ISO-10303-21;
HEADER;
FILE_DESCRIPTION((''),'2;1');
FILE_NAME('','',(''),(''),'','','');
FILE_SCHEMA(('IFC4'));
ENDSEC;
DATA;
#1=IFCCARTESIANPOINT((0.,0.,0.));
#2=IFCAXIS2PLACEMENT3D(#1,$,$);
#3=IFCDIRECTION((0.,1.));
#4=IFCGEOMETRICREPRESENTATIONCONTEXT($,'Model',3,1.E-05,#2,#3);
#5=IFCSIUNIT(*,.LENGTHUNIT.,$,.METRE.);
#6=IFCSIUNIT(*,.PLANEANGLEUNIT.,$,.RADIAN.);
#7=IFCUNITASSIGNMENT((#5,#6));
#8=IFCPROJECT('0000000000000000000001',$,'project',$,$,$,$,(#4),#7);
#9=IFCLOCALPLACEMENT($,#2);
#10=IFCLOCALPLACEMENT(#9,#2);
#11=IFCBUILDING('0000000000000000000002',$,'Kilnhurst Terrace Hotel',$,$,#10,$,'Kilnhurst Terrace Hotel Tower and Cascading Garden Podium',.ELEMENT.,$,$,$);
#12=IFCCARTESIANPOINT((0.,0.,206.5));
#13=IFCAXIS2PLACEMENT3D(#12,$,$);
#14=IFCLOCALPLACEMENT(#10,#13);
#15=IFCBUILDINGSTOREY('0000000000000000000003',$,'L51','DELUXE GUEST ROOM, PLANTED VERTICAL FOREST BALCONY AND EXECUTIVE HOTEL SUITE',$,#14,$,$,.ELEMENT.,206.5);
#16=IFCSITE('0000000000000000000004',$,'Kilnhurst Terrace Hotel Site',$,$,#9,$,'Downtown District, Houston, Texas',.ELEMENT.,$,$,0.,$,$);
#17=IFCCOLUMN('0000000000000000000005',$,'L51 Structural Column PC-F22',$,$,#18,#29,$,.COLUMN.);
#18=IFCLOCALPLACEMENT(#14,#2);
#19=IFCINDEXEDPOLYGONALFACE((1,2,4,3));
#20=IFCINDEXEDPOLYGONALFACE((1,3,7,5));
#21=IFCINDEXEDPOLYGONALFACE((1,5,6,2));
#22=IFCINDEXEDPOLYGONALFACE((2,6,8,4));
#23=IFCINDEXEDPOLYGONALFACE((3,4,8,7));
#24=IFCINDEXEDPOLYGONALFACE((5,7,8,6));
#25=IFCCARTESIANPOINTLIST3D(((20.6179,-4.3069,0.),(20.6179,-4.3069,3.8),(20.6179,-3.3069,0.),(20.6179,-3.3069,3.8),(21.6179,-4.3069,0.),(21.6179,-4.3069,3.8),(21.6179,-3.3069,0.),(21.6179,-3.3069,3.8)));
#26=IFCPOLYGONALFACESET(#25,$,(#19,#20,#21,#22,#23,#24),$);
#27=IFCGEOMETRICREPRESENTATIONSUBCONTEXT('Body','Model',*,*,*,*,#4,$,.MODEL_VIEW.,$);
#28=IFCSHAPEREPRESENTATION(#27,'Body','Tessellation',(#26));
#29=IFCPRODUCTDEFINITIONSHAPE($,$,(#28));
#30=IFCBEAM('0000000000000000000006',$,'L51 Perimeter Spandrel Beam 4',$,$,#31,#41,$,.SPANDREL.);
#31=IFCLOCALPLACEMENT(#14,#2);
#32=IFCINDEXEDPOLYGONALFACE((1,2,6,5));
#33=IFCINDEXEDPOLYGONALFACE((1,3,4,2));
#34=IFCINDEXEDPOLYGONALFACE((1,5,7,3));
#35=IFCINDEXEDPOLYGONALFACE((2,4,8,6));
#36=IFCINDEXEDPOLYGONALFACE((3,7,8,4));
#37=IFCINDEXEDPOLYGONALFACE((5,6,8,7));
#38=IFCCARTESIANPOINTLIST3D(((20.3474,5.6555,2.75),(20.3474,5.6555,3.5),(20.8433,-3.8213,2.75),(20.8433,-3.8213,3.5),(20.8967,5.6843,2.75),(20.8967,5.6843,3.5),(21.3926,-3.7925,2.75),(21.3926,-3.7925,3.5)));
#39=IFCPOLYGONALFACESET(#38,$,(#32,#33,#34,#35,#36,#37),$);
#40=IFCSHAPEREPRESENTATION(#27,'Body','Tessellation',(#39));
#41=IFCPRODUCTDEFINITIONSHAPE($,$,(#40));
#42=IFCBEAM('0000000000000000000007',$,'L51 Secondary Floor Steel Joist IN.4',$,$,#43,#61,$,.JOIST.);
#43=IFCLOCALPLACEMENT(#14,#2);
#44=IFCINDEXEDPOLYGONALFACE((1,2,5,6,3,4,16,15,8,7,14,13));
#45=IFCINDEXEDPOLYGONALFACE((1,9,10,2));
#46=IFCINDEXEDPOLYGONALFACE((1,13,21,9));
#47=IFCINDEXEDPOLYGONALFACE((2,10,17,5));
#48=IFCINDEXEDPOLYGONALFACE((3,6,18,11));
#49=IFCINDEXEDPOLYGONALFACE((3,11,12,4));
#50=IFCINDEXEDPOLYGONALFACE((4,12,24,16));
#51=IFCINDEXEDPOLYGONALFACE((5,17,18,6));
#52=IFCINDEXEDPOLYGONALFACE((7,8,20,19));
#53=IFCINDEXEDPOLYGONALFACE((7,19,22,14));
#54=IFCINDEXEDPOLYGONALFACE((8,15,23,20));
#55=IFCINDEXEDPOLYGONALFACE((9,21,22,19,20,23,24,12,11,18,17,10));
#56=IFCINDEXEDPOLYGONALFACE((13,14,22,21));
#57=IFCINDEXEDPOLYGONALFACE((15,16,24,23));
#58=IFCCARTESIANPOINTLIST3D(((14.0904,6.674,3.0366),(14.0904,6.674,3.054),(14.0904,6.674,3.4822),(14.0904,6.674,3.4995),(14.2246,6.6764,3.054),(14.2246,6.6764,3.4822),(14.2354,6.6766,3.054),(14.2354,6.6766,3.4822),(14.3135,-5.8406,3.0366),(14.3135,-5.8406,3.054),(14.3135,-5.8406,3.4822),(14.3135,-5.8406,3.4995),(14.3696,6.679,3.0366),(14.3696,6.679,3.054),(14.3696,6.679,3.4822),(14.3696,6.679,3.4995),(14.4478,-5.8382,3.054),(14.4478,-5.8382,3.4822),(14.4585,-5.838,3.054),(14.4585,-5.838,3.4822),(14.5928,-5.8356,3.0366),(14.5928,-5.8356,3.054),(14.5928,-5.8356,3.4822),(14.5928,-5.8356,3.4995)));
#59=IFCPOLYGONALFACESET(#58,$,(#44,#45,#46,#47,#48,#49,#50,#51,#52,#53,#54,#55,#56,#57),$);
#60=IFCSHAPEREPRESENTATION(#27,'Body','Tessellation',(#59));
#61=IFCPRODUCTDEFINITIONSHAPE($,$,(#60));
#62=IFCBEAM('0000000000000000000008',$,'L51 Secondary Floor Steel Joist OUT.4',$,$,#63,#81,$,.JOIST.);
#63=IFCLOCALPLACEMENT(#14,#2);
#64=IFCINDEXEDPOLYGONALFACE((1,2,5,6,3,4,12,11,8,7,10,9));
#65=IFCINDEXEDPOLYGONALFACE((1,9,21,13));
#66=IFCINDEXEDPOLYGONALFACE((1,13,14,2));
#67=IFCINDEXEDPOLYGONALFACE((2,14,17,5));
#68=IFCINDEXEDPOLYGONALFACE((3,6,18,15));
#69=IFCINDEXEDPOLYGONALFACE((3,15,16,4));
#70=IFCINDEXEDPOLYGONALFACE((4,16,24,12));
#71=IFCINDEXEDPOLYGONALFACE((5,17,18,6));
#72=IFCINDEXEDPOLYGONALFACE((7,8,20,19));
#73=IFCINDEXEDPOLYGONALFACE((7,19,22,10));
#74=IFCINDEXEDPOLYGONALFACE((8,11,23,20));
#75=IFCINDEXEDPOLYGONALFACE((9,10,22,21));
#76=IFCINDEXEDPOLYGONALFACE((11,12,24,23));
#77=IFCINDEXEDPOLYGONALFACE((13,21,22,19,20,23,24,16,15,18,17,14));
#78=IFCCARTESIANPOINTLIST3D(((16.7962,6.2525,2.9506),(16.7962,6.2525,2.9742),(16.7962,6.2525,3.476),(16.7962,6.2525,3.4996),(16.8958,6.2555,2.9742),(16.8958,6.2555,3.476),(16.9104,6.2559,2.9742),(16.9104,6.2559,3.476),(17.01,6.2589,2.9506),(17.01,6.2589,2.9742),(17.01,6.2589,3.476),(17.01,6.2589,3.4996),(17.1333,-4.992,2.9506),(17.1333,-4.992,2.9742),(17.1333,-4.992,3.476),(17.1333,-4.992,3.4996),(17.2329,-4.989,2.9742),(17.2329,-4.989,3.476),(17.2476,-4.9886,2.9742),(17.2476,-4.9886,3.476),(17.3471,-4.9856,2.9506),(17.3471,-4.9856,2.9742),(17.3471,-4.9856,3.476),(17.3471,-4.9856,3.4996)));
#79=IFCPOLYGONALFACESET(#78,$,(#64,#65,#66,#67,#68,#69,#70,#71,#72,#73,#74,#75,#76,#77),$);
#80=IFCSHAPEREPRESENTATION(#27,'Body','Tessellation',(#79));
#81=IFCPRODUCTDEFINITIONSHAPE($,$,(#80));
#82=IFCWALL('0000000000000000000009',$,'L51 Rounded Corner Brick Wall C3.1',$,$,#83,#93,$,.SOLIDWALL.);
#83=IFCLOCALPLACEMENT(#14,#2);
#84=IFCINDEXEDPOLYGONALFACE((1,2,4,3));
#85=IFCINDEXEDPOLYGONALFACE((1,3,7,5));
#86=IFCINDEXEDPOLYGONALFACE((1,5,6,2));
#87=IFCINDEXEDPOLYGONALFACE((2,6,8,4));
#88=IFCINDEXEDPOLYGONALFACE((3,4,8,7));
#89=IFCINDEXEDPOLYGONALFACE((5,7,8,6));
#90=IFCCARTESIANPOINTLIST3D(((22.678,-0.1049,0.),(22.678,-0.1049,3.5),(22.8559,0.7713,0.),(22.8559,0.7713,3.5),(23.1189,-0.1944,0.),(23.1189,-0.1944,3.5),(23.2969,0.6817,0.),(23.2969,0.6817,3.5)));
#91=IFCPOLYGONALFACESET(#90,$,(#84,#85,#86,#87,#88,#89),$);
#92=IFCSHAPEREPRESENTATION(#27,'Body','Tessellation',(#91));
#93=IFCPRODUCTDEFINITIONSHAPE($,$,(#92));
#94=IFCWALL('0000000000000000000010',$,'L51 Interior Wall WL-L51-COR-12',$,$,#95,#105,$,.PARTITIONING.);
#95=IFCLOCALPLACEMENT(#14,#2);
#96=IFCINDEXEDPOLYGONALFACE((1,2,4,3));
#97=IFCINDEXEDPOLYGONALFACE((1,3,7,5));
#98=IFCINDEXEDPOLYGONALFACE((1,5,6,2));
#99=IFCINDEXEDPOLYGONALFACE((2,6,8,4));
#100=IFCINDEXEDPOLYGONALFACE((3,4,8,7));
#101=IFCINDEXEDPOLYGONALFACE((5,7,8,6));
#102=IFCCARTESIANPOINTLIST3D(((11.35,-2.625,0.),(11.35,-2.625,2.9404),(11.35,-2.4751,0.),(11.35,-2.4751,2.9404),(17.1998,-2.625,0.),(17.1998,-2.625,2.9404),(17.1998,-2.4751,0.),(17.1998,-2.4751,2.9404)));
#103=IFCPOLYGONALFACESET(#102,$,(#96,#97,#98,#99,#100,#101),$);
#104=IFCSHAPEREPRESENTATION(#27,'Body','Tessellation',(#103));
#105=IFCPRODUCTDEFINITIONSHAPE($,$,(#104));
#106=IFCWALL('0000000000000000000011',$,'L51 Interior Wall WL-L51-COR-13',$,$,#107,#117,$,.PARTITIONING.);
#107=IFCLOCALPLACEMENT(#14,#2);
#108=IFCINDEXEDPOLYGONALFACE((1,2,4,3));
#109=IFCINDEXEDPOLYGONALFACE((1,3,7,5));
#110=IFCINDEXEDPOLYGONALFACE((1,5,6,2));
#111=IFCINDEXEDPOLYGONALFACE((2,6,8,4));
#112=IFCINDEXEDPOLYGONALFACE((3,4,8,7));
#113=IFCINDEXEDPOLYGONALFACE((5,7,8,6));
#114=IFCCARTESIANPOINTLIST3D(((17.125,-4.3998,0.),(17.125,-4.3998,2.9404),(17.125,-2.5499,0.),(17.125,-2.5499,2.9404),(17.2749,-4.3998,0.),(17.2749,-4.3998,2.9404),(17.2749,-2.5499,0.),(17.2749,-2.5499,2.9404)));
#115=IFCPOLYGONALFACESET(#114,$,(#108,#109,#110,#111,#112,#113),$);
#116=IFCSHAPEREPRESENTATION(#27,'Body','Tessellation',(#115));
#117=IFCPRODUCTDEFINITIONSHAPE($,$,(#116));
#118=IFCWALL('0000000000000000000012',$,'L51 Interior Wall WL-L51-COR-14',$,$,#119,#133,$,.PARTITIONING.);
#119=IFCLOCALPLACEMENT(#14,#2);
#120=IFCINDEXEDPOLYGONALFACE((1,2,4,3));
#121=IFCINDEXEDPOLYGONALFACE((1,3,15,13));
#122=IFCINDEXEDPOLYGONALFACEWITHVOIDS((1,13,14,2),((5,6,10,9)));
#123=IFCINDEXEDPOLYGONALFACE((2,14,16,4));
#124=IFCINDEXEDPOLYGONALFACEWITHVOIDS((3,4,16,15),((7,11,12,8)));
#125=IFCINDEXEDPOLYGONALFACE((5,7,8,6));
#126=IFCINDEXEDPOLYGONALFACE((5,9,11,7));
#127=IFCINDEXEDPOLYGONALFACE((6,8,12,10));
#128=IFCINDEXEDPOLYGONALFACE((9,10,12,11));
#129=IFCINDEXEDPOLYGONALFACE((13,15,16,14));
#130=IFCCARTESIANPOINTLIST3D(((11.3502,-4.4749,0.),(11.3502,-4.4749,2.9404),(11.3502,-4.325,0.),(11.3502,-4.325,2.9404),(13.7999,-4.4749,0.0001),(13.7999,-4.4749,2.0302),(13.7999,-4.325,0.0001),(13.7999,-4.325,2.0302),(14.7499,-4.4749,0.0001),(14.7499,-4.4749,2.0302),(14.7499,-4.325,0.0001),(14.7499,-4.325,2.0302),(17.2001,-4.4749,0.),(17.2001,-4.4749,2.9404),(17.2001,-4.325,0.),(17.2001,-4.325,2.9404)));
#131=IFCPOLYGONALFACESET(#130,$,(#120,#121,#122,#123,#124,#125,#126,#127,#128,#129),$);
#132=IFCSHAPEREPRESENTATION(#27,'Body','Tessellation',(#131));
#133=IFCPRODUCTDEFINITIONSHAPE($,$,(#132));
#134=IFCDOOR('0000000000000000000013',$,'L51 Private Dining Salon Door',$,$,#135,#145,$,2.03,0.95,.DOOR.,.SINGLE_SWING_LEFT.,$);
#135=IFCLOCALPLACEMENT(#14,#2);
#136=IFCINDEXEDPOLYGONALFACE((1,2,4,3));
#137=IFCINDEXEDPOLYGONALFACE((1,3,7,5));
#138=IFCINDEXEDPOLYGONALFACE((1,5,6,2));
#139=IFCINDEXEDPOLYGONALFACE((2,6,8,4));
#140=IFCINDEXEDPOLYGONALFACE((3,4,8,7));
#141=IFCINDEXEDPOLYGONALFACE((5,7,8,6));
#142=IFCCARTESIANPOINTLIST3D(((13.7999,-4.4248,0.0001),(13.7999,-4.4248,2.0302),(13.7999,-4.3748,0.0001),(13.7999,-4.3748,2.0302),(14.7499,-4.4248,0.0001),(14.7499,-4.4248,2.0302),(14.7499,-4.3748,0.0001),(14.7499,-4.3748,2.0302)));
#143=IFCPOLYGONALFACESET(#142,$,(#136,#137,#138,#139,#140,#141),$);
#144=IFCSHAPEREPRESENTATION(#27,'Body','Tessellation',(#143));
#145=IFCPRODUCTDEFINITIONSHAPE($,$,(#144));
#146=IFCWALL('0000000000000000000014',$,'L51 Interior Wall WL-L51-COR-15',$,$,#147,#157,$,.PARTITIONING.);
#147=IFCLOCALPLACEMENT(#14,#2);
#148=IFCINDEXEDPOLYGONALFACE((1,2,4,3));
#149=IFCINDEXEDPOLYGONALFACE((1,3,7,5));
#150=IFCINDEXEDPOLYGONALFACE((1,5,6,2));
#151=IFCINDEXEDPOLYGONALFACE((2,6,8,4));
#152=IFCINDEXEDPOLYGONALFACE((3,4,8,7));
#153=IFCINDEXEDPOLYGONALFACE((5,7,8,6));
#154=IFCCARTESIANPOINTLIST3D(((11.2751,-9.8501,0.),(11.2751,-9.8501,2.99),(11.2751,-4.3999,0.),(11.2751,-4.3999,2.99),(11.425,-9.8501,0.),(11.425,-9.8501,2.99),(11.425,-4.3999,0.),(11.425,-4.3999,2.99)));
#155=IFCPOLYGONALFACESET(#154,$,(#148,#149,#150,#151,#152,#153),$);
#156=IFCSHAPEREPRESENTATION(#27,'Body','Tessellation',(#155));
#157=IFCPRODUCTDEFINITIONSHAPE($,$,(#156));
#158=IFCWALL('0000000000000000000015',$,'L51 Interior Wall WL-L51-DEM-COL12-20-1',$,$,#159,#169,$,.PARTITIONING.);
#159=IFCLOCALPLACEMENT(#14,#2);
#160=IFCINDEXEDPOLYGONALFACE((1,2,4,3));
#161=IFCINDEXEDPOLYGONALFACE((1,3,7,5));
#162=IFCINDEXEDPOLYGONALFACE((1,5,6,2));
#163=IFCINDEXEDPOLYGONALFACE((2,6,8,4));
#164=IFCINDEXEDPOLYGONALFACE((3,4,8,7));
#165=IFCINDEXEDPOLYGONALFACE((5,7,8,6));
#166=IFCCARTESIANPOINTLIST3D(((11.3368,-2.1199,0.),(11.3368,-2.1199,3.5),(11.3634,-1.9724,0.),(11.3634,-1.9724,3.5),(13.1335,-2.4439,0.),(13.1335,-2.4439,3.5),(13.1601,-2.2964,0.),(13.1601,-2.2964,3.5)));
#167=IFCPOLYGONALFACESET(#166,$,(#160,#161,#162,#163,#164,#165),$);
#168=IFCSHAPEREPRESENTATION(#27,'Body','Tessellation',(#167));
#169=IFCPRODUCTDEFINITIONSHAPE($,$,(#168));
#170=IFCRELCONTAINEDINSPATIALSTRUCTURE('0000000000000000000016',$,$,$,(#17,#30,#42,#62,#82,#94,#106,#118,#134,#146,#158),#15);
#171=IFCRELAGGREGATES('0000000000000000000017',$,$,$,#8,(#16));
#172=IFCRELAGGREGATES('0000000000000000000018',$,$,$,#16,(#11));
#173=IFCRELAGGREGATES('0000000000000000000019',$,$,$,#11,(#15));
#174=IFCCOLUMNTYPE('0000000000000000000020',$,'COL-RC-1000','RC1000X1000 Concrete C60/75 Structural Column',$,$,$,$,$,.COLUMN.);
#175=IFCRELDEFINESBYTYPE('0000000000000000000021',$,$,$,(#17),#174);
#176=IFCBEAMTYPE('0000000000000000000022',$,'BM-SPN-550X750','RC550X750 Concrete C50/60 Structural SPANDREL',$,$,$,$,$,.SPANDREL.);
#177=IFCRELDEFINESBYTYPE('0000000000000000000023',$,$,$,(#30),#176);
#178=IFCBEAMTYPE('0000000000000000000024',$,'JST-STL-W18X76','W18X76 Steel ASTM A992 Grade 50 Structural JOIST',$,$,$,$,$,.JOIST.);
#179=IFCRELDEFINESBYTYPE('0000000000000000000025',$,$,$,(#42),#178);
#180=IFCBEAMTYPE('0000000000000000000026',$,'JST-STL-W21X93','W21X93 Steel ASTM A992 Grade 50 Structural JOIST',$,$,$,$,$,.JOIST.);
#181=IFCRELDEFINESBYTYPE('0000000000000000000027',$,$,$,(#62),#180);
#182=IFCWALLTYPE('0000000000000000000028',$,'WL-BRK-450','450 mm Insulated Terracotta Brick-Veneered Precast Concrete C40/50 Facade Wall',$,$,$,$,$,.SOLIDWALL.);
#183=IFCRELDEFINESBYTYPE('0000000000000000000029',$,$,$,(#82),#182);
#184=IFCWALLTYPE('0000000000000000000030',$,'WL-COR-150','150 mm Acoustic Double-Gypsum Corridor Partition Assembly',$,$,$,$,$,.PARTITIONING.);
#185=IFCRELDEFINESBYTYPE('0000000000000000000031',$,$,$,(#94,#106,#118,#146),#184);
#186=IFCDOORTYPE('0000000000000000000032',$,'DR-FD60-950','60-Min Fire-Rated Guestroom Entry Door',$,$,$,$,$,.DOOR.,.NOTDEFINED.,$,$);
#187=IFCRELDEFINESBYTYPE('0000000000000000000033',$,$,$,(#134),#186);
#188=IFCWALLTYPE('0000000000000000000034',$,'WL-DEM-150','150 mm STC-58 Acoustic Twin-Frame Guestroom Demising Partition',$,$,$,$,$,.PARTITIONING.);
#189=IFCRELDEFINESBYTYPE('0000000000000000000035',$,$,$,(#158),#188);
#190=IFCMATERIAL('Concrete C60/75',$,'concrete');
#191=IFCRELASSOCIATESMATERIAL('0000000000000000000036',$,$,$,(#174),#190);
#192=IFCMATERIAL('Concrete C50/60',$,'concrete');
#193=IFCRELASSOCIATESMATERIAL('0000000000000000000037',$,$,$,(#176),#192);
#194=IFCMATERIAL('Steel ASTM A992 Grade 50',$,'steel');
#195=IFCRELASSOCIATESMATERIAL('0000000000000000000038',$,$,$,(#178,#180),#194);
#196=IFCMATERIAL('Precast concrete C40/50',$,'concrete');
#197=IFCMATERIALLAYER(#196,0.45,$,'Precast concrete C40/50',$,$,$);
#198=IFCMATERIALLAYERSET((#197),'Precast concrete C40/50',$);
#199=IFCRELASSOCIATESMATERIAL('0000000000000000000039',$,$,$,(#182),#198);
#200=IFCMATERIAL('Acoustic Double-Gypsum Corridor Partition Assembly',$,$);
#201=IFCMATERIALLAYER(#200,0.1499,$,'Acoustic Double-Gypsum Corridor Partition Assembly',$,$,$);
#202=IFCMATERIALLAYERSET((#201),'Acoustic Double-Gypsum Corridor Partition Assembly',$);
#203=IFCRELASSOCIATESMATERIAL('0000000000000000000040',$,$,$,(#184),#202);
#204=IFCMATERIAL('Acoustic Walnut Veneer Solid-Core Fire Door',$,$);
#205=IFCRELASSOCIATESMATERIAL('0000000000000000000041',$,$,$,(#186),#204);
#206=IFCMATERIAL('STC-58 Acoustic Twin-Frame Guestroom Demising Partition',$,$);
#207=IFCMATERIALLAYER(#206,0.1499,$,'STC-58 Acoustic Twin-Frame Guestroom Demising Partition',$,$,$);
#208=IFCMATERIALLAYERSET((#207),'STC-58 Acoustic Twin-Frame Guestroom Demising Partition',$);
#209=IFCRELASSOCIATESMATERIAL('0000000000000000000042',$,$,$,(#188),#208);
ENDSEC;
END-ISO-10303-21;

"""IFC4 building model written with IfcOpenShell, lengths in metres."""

from ifc_helpers import new_model, si_unit, direction, frame, frame_2d, origin, origin_2d, place, context, subcontext, project, spatial, rectangle, i_section, extrude, material, layer, layer_set, material_profile, profile_set, type_object, element, fill, save


model = new_model("IFC4")

# Units and contexts
model_context = context("Model", 3, precision=1e-05, world=origin(), true_north=direction((0.0, 1.0)))
body_context = subcontext(model_context, "Body", "Model", "MODEL_VIEW")
ifc_project = project(units=[si_unit("LENGTHUNIT", "METRE"), si_unit("PLANEANGLEUNIT", "RADIAN")], contexts=[model_context])

# Site, building, storey
site_placement = place(None, origin())
site = spatial("IfcSite", under=ifc_project, at=site_placement, Name="Kilnhurst Terrace Hotel Site", LongName="Downtown District, Houston, Texas", CompositionType="ELEMENT", RefElevation=0.0)
building_placement = place(site_placement, origin())
building = spatial("IfcBuilding", under=site, at=building_placement, Name="Kilnhurst Terrace Hotel", LongName="Kilnhurst Terrace Hotel Tower and Cascading Garden Podium", CompositionType="ELEMENT")
storey_placement = place(building_placement, frame((0.0, 0.0, 206.5)))
storey = spatial("IfcBuildingStorey", under=building, at=storey_placement, Name="L51", Description="DELUXE GUEST ROOM, PLANTED VERTICAL FOREST BALCONY AND EXECUTIVE HOTEL SUITE", CompositionType="ELEMENT", Elevation=206.5)

# Column
ifc_material_1 = material(Name="Concrete C60/75", Category="concrete")
ifc_material_profile_1 = material_profile(ifc_material_1, rectangle(XDim=1.0, YDim=1.0, at=origin_2d()), Name="RC1000X1000")
ifc_profile_set_1 = profile_set([ifc_material_profile_1], Name="Concrete C60/75")
column_type = type_object("IfcColumnType", Name="COL-RC-1000", Description="RC1000X1000 Concrete C60/75 Structural Column", PredefinedType="COLUMN", material=ifc_profile_set_1)
column_placement = place(storey_placement, frame((21.1179, -3.8069, 0.0), z_axis=(0.0, 0.0, 1.0), x_axis=(1.0, 0.0, 0.0)))
element("IfcColumn", 1, at=column_placement, inside=storey, type_object=column_type, Name="L51 Structural Column PC-F22", PredefinedType="COLUMN", context=body_context, shape_type="SweptSolid", body=[
    extrude(rectangle(XDim=1.0, YDim=1.0, at=origin_2d()), origin(), (0.0, 0.0, 1.0), 3.8),
])

# Beams
ifc_material_2 = material(Name="Concrete C50/60", Category="concrete")
ifc_material_profile_2 = material_profile(ifc_material_2, rectangle(XDim=0.55, YDim=0.75, at=origin_2d()), Name="RC550X750")
ifc_profile_set_2 = profile_set([ifc_material_profile_2], Name="Concrete C50/60")
beam_type_1 = type_object("IfcBeamType", Name="BM-SPN-550X750", Description="RC550X750 Concrete C50/60 Structural SPANDREL", PredefinedType="SPANDREL", material=ifc_profile_set_2)
beam_1_placement = place(storey_placement, frame((21.1179, -3.8069, 3.125), z_axis=(-0.052251, 0.998634, 0.0), x_axis=(-0.998634, -0.052251, 0.0)))
element("IfcBeam", 2, at=beam_1_placement, inside=storey, type_object=beam_type_1, Name="L51 Perimeter Spandrel Beam 4", PredefinedType="SPANDREL", context=body_context, shape_type="SweptSolid", body=[
    extrude(rectangle(XDim=0.55, YDim=0.75, at=origin_2d()), origin(), (0.0, 0.0, 1.0), 9.4897),
])
ifc_material_3 = material(Name="Steel ASTM A992 Grade 50", Category="steel")
ifc_material_profile_3 = material_profile(ifc_material_3, i_section(OverallWidth=0.2793, OverallDepth=0.4629, WebThickness=0.0107, FlangeThickness=0.0173, at=origin_2d()), Name="W18X76")
ifc_profile_set_3 = profile_set([ifc_material_profile_3], Name="Steel ASTM A992 Grade 50")
beam_type_2 = type_object("IfcBeamType", Name="JST-STL-W18X76", Description="W18X76 Steel ASTM A992 Grade 50 Structural JOIST", PredefinedType="JOIST", material=ifc_profile_set_3)
beam_2_placement = place(storey_placement, frame((14.4531, -5.8381, 3.2681), z_axis=(-0.017828, 0.999841, 0.0), x_axis=(-0.999841, -0.017828, 0.0)))
element("IfcBeam", 3, at=beam_2_placement, inside=storey, type_object=beam_type_2, Name="L51 Secondary Floor Steel Joist IN.4", PredefinedType="JOIST", context=body_context, shape_type="SweptSolid", body=[
    extrude(i_section(OverallWidth=0.2793, OverallDepth=0.4629, WebThickness=0.0107, FlangeThickness=0.0173, at=origin_2d()), origin(), (0.0, 0.0, 1.0), 12.5166),
])
ifc_material_profile_4 = material_profile(ifc_material_3, i_section(OverallWidth=0.2139, OverallDepth=0.5491, WebThickness=0.0146, FlangeThickness=0.0237, at=origin_2d()), Name="W21X93")
ifc_profile_set_4 = profile_set([ifc_material_profile_4], Name="Steel ASTM A992 Grade 50")
beam_type_3 = type_object("IfcBeamType", Name="JST-STL-W21X93", Description="W21X93 Steel ASTM A992 Grade 50 Structural JOIST", PredefinedType="JOIST", material=ifc_profile_set_4)
beam_3_placement = place(storey_placement, frame((17.2402, -4.9888, 3.2251), z_axis=(-0.029971, 0.999551, 0.0), x_axis=(-0.999551, -0.029971, 0.0)))
element("IfcBeam", 4, at=beam_3_placement, inside=storey, type_object=beam_type_3, Name="L51 Secondary Floor Steel Joist OUT.4", PredefinedType="JOIST", context=body_context, shape_type="SweptSolid", body=[
    extrude(i_section(OverallWidth=0.2139, OverallDepth=0.5491, WebThickness=0.0146, FlangeThickness=0.0237, at=origin_2d()), origin(), (0.0, 0.0, 1.0), 11.2495),
])

# Walls
ifc_material_4 = material(Name="Precast concrete C40/50", Category="concrete")
ifc_layer_1 = layer(ifc_material_4, 0.45, Name="Precast concrete C40/50")
ifc_layer_set_1 = layer_set([ifc_layer_1], Name="Precast concrete C40/50")
wall_type_1 = type_object("IfcWallType", Name="WL-BRK-450", Description="450 mm Insulated Terracotta Brick-Veneered Precast Concrete C40/50 Facade Wall", PredefinedType="SOLIDWALL", material=ifc_layer_set_1)
wall_1_placement = place(storey_placement, frame((22.8984, -0.1497, 0.0), z_axis=(0.0, 0.0, 1.0), x_axis=(0.199056, 0.979988, 0.0)))
element("IfcWall", 5, at=wall_1_placement, inside=storey, type_object=wall_type_1, Name="L51 Rounded Corner Brick Wall C3.1", PredefinedType="SOLIDWALL", context=body_context, shape_type="SweptSolid", body=[
    extrude(rectangle(XDim=0.894, YDim=0.45, at=frame_2d((0.447, 0.0))), origin(), (0.0, 0.0, 1.0), 3.5),
])
ifc_material_5 = material(Name="Acoustic Double-Gypsum Corridor Partition Assembly")
ifc_layer_2 = layer(ifc_material_5, 0.1499, Name="Acoustic Double-Gypsum Corridor Partition Assembly")
ifc_layer_set_2 = layer_set([ifc_layer_2], Name="Acoustic Double-Gypsum Corridor Partition Assembly")
wall_type_2 = type_object("IfcWallType", Name="WL-COR-150", Description="150 mm Acoustic Double-Gypsum Corridor Partition Assembly", PredefinedType="PARTITIONING", material=ifc_layer_set_2)
wall_2_placement = place(storey_placement, frame((11.3501, -2.55, 0.0), z_axis=(0.0, 0.0, 1.0), x_axis=(1.0, 0.0, 0.0)))
element("IfcWall", 6, at=wall_2_placement, inside=storey, type_object=wall_type_2, Name="L51 Interior Wall WL-L51-COR-12", PredefinedType="PARTITIONING", context=body_context, shape_type="SweptSolid", body=[
    extrude(rectangle(XDim=5.8499, YDim=0.1499, at=frame_2d((2.9248, 0.0))), origin(), (0.0, 0.0, 1.0), 2.9404),
])
wall_3_placement = place(storey_placement, frame((17.2, -2.55, 0.0), z_axis=(0.0, 0.0, 1.0), x_axis=(0.0, -1.0, 0.0)))
element("IfcWall", 7, at=wall_3_placement, inside=storey, type_object=wall_type_2, Name="L51 Interior Wall WL-L51-COR-13", PredefinedType="PARTITIONING", context=body_context, shape_type="SweptSolid", body=[
    extrude(rectangle(XDim=1.8499, YDim=0.1499, at=frame_2d((0.9248, 0.0))), origin(), (0.0, 0.0, 1.0), 2.9404),
])

# Wall, opening, door
wall_4_placement = place(storey_placement, frame((17.2, -4.3999, 0.0), z_axis=(0.0, 0.0, 1.0), x_axis=(-1.0, 0.0, 0.0)))
wall_4 = element("IfcWall", 8, at=wall_4_placement, inside=storey, type_object=wall_type_2, Name="L51 Interior Wall WL-L51-COR-14", PredefinedType="PARTITIONING", context=body_context, shape_type="SweptSolid", body=[
    extrude(rectangle(XDim=5.8499, YDim=0.1499, at=frame_2d((2.9248, 0.0))), origin(), (0.0, 0.0, 1.0), 2.9404),
])
opening_1_placement = place(wall_4_placement, frame((2.45, 0.0, 0.0)))
opening_1 = element("IfcOpeningElement", 9, at=opening_1_placement, cuts=wall_4, PredefinedType="OPENING", context=body_context, shape_type="SweptSolid", body=[
    extrude(rectangle(XDim=0.95, YDim=2.03, at=frame_2d((0.4751, 1.0151))), frame((0.0, 0.085, 0.0), z_axis=(0.0, -1.0, 0.0), x_axis=(1.0, 0.0, 0.0)), (0.0, 0.0, 1.0), 0.1699),
])
ifc_material_6 = material(Name="Acoustic Walnut Veneer Solid-Core Fire Door")
door_type_1 = type_object("IfcDoorType", Name="DR-FD60-950", Description="60-Min Fire-Rated Guestroom Entry Door", OperationType="NOTDEFINED", PredefinedType="DOOR", material=ifc_material_6)
door_1_placement = place(opening_1_placement, origin())
door_1 = element("IfcDoor", 10, at=door_1_placement, inside=storey, type_object=door_type_1, Name="L51 Private Dining Salon Door", OperationType="SINGLE_SWING_LEFT", OverallHeight=2.03, OverallWidth=0.95, PredefinedType="DOOR", context=body_context, shape_type="SweptSolid", body=[
    extrude(rectangle(XDim=0.95, YDim=2.03, at=frame_2d((0.4751, 1.0151))), frame((0.0, 0.0249, 0.0), z_axis=(0.0, -1.0, 0.0), x_axis=(1.0, 0.0, 0.0)), (0.0, 0.0, 1.0), 0.05),
])
fill(opening_1, door_1)

# Walls
wall_5_placement = place(storey_placement, frame((11.3501, -4.3999, 0.0), z_axis=(0.0, 0.0, 1.0), x_axis=(0.0, -1.0, 0.0)))
element("IfcWall", 11, at=wall_5_placement, inside=storey, type_object=wall_type_2, Name="L51 Interior Wall WL-L51-COR-15", PredefinedType="PARTITIONING", context=body_context, shape_type="SweptSolid", body=[
    extrude(rectangle(XDim=5.4502, YDim=0.1499, at=frame_2d((2.7251, 0.0))), origin(), (0.0, 0.0, 1.0), 2.99),
])
ifc_material_7 = material(Name="STC-58 Acoustic Twin-Frame Guestroom Demising Partition")
ifc_layer_3 = layer(ifc_material_7, 0.1499, Name="STC-58 Acoustic Twin-Frame Guestroom Demising Partition")
ifc_layer_set_3 = layer_set([ifc_layer_3], Name="STC-58 Acoustic Twin-Frame Guestroom Demising Partition")
wall_type_3 = type_object("IfcWallType", Name="WL-DEM-150", Description="150 mm STC-58 Acoustic Twin-Frame Guestroom Demising Partition", PredefinedType="PARTITIONING", material=ifc_layer_set_3)
wall_6_placement = place(storey_placement, frame((11.3501, -2.0461, 0.0), z_axis=(0.0, 0.0, 1.0), x_axis=(0.984128, -0.177461, 0.0)))
element("IfcWall", 12, at=wall_6_placement, inside=storey, type_object=wall_type_3, Name="L51 Interior Wall WL-L51-DEM-COL12-20-1", PredefinedType="PARTITIONING", context=body_context, shape_type="SweptSolid", body=[
    extrude(rectangle(XDim=1.8257, YDim=0.1499, at=frame_2d((0.9128, 0.0))), origin(), (0.0, 0.0, 1.0), 3.5),
])

save(model, "model.ifc")
